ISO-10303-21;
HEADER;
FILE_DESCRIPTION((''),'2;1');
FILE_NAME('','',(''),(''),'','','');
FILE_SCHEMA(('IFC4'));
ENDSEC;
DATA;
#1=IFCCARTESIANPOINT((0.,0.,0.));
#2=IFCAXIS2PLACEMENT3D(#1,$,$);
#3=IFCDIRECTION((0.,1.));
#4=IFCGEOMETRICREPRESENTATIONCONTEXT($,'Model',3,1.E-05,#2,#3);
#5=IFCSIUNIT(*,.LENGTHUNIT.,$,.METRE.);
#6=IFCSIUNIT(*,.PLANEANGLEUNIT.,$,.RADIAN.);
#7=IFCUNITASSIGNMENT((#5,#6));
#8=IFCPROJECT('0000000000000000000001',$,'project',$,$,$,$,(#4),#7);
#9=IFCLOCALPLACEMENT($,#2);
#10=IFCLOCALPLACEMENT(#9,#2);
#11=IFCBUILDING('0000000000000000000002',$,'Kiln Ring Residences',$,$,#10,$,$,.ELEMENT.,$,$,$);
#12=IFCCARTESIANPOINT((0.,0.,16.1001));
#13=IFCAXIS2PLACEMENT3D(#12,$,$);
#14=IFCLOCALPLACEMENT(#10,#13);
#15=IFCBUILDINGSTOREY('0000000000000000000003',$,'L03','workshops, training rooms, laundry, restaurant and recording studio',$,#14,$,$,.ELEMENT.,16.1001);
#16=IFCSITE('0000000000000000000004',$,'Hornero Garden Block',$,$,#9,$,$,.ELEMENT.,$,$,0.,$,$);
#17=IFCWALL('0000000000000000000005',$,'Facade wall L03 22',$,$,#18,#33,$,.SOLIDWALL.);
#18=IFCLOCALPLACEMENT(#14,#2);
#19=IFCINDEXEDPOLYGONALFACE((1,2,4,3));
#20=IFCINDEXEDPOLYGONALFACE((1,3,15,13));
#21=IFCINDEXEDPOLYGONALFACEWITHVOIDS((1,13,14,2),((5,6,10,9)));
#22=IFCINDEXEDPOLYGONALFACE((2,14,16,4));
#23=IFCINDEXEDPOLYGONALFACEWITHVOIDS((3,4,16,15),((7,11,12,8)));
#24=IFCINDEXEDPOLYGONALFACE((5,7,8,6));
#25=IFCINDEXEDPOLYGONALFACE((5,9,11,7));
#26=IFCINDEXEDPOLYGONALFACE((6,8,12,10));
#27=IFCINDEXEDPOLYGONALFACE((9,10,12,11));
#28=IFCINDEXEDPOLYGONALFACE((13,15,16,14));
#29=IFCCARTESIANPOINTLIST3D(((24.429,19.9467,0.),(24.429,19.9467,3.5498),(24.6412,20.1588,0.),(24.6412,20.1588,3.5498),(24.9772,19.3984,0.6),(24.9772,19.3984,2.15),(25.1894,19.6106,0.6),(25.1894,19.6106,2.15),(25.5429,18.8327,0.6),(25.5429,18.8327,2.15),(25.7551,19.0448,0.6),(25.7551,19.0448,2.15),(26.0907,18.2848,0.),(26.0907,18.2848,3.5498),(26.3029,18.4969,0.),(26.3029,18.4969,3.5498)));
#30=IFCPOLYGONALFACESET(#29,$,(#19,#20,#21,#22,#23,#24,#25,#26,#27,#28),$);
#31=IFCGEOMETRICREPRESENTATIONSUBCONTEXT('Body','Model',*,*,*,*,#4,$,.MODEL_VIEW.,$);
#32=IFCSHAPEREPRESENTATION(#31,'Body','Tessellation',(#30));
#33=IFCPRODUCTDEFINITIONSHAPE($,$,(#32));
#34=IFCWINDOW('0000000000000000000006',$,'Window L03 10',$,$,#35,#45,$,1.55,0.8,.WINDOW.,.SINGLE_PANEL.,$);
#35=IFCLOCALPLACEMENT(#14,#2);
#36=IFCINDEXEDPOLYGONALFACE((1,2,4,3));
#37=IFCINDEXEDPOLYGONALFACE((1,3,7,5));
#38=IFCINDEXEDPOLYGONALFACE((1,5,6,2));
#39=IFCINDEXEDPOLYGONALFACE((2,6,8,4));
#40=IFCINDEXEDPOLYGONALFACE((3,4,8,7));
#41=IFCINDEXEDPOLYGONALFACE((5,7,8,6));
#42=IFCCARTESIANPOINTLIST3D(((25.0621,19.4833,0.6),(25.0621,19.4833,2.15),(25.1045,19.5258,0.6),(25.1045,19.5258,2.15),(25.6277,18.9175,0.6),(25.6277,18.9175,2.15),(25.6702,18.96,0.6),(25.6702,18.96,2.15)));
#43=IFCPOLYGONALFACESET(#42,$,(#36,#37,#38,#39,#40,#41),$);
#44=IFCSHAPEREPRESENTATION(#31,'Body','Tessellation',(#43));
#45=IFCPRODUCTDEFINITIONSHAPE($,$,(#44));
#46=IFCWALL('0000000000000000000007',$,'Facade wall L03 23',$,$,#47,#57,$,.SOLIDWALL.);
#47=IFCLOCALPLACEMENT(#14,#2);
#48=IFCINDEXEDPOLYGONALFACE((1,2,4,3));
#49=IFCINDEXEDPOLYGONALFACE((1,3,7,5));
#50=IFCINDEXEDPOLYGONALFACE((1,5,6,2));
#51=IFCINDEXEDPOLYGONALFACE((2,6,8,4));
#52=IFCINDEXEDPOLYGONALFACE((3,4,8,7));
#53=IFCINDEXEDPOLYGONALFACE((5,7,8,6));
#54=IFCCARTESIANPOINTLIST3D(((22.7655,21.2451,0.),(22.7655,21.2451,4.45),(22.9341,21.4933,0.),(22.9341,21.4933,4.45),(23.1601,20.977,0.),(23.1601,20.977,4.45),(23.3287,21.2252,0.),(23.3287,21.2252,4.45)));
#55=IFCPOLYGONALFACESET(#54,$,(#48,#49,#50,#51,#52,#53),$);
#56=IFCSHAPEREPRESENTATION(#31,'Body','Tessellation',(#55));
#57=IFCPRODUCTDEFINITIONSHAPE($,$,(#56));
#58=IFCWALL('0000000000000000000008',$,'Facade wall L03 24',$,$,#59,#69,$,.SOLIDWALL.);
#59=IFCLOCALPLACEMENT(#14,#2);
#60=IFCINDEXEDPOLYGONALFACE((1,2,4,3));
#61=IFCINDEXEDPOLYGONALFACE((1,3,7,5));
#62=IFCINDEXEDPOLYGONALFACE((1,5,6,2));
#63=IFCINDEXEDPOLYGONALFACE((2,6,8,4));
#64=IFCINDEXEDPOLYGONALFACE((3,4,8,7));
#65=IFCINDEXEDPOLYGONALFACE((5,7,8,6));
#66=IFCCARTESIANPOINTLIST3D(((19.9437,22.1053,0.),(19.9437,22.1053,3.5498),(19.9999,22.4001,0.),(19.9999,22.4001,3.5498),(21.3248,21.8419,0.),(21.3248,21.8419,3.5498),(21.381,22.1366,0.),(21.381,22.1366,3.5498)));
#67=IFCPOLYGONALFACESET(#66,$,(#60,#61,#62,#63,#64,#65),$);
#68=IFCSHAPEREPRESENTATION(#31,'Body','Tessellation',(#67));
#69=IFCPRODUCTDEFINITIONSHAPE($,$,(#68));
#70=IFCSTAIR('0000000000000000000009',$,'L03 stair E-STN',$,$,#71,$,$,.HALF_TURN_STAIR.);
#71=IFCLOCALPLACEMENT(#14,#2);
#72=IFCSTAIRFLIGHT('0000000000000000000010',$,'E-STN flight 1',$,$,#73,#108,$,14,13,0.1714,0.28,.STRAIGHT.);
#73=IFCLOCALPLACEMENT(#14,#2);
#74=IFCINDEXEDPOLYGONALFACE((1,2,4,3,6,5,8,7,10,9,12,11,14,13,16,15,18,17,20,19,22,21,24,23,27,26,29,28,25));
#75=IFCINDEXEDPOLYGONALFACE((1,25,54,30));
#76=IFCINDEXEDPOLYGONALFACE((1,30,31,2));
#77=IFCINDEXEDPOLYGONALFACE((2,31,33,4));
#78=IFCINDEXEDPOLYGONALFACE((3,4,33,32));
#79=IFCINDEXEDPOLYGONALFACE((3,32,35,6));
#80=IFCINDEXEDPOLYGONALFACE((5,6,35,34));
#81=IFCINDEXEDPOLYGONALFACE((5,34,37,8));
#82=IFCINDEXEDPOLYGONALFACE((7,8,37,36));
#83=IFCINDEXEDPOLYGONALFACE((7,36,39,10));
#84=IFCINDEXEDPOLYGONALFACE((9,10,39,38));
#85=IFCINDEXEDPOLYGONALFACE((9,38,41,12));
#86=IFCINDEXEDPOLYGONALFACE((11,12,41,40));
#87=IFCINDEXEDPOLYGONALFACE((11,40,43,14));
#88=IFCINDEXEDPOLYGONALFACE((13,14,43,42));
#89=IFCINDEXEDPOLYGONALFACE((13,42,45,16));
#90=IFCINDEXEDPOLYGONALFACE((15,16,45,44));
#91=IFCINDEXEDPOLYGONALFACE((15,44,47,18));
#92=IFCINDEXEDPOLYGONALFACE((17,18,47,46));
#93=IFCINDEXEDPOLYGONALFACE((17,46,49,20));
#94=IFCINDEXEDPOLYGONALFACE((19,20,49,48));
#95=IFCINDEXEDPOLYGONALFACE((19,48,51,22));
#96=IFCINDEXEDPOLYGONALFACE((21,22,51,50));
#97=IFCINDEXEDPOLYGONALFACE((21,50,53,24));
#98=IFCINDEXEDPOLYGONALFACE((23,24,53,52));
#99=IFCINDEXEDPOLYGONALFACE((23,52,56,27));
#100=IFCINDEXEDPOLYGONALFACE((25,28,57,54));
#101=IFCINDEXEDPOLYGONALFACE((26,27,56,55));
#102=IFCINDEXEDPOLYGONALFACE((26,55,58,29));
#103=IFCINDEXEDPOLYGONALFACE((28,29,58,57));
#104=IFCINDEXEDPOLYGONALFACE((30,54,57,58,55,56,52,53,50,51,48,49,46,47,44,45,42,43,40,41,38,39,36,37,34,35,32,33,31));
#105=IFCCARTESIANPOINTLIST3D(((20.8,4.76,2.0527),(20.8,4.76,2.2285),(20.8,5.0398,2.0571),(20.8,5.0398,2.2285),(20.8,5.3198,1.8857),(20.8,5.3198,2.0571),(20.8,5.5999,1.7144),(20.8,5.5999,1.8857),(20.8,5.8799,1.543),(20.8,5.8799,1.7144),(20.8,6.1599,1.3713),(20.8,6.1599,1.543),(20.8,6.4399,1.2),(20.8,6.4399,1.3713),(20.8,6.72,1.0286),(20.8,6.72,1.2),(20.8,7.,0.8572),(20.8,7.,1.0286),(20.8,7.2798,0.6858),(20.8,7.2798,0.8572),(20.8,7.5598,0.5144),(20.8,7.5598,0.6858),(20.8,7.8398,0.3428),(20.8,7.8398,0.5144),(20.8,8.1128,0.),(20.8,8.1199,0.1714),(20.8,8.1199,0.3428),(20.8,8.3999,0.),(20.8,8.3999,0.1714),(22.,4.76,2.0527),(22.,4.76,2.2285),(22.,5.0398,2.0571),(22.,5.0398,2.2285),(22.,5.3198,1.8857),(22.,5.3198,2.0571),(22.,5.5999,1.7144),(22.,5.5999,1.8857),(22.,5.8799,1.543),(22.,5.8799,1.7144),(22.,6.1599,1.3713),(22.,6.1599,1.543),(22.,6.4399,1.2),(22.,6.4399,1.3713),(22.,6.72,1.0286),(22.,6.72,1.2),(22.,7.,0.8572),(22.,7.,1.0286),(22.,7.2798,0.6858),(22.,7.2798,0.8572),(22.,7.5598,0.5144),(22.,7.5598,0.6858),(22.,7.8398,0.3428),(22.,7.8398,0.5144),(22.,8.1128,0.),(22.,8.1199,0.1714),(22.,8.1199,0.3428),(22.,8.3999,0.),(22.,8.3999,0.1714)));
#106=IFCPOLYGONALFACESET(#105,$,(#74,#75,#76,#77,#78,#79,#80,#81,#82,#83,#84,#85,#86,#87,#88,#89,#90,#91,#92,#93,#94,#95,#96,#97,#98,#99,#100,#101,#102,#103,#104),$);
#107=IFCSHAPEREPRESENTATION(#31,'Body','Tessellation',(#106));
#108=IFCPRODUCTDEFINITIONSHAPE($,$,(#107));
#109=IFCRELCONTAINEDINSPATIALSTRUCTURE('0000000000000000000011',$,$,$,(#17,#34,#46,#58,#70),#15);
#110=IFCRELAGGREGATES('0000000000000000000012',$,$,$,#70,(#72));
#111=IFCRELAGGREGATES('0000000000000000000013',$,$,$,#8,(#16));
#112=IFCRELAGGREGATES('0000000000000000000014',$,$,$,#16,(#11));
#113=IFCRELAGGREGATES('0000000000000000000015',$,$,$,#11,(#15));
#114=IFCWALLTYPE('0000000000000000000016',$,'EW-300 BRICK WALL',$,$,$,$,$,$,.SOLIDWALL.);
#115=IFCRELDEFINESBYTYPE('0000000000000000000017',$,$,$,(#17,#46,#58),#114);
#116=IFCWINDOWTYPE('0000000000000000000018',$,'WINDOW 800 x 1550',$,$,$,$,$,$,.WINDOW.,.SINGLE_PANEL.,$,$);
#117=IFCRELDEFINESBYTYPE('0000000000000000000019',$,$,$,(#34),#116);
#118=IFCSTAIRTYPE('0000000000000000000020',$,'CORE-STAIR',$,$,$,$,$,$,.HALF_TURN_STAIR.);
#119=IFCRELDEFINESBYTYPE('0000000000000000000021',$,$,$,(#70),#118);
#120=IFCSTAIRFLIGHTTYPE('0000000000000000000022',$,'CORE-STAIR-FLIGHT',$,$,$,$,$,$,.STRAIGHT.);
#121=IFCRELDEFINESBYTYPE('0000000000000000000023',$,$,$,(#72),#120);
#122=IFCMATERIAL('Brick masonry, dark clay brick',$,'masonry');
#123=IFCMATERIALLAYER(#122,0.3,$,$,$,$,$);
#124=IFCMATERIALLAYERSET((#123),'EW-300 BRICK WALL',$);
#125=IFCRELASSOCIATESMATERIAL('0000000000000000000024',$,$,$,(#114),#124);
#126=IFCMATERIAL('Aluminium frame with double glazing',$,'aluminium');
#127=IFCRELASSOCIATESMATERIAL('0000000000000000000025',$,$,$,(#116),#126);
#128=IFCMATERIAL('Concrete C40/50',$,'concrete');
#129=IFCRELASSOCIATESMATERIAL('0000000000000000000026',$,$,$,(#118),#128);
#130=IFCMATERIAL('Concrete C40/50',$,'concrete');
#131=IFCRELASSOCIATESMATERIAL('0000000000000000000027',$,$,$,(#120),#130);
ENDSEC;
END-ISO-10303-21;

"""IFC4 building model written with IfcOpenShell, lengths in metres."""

from ifc_helpers import new_model, si_unit, direction, frame, frame_2d, origin, place, context, subcontext, project, spatial, polyline, rectangle, outline, extrude, material, layer, layer_set, type_object, element, fill, aggregate, save


model = new_model("IFC4")

# Units and contexts
model_context = context("Model", 3, precision=1e-05, world=origin(), true_north=direction((0.0, 1.0)))
body_context = subcontext(model_context, "Body", "Model", "MODEL_VIEW")
ifc_project = project(units=[si_unit("LENGTHUNIT", "METRE"), si_unit("PLANEANGLEUNIT", "RADIAN")], contexts=[model_context])

# Site, building, storey
site_placement = place(None, origin())
site = spatial("IfcSite", under=ifc_project, at=site_placement, Name="Hornero Garden Block", CompositionType="ELEMENT", RefElevation=0.0)
building_placement = place(site_placement, origin())
building = spatial("IfcBuilding", under=site, at=building_placement, Name="Kiln Ring Residences", CompositionType="ELEMENT")
storey_placement = place(building_placement, frame((0.0, 0.0, 16.1001)))
storey = spatial("IfcBuildingStorey", under=building, at=storey_placement, Name="L03", Description="workshops, training rooms, laundry, restaurant and recording studio", CompositionType="ELEMENT", Elevation=16.1001)

# Shared definitions
ifc_material_1 = material(Name="Brick masonry, dark clay brick", Category="masonry")
ifc_layer_1 = layer(ifc_material_1, 0.3)
ifc_layer_set_1 = layer_set([ifc_layer_1], Name="EW-300 BRICK WALL")
wall_type_1 = type_object("IfcWallType", Name="EW-300 BRICK WALL", PredefinedType="SOLIDWALL", material=ifc_layer_set_1)

# Wall, opening, window
wall_1_placement = place(storey_placement, frame((26.1968, 18.3909, 0.0), z_axis=(0.0, 0.0, 1.0), x_axis=(-0.707055, 0.707159, 0.0)))
wall_1 = element("IfcWall", 1, at=wall_1_placement, inside=storey, type_object=wall_type_1, Name="Facade wall L03 22", PredefinedType="SOLIDWALL", context=body_context, shape_type="SweptSolid", body=[
    extrude(rectangle(XDim=2.3501, YDim=0.3, at=frame_2d((1.175, 0.0))), origin(), (0.0, 0.0, 1.0), 3.5498),
])
opening_1_placement = place(wall_1_placement, frame((0.7749, 0.0, 0.6001)))
opening_1 = element("IfcOpeningElement", 2, at=opening_1_placement, cuts=wall_1, PredefinedType="OPENING", context=body_context, shape_type="SweptSolid", body=[
    extrude(rectangle(XDim=0.8, YDim=1.55, at=frame_2d((0.3999, 0.7749))), frame((0.0, 0.1599, 0.0), z_axis=(0.0, -1.0, 0.0), x_axis=(1.0, 0.0, 0.0)), (0.0, 0.0, 1.0), 0.3201),
])
ifc_material_2 = material(Name="Aluminium frame with double glazing", Category="aluminium")
window_type = type_object("IfcWindowType", Name="WINDOW 800 x 1550", PartitioningType="SINGLE_PANEL", PredefinedType="WINDOW", material=ifc_material_2)
window_placement = place(opening_1_placement, origin())
window = element("IfcWindow", 3, at=window_placement, inside=storey, type_object=window_type, Name="Window L03 10", OverallHeight=1.55, OverallWidth=0.8, PartitioningType="SINGLE_PANEL", PredefinedType="WINDOW", context=body_context, shape_type="SweptSolid", body=[
    extrude(rectangle(XDim=0.8, YDim=1.55, at=frame_2d((0.3999, 0.7749))), frame((0.0, 0.03, 0.0), z_axis=(0.0, -1.0, 0.0), x_axis=(1.0, 0.0, 0.0)), (0.0, 0.0, 1.0), 0.0601),
])
fill(opening_1, window)

# Walls
wall_2_placement = place(storey_placement, frame((23.2444, 21.1011, 0.0), z_axis=(0.0, 0.0, 1.0), x_axis=(-0.827136, 0.562002, 0.0)))
element("IfcWall", 4, at=wall_2_placement, inside=storey, type_object=wall_type_1, Name="Facade wall L03 23", PredefinedType="SOLIDWALL", context=body_context, shape_type="SweptSolid", body=[
    extrude(rectangle(XDim=0.4771, YDim=0.3, at=frame_2d((0.2385, 0.0))), origin(), (0.0, 0.0, 1.0), 4.45),
])
wall_3_placement = place(storey_placement, frame((21.353, 21.9893, 0.0), z_axis=(0.0, 0.0, 1.0), x_axis=(-0.982291, 0.187359, 0.0)))
element("IfcWall", 5, at=wall_3_placement, inside=storey, type_object=wall_type_1, Name="Facade wall L03 24", PredefinedType="SOLIDWALL", context=body_context, shape_type="SweptSolid", body=[
    extrude(rectangle(XDim=1.406, YDim=0.3, at=frame_2d((0.7031, 0.0))), origin(), (0.0, 0.0, 1.0), 3.5498),
])

# Stair, stair flight
ifc_material_3 = material(Name="Concrete C40/50", Category="concrete")
stair_type = type_object("IfcStairType", Name="CORE-STAIR", PredefinedType="HALF_TURN_STAIR", material=ifc_material_3)
stair_placement = place(storey_placement, origin())
stair = element("IfcStair", 6, at=stair_placement, inside=storey, type_object=stair_type, Name="L03 stair E-STN", PredefinedType="HALF_TURN_STAIR")
ifc_material_4 = material(Name="Concrete C40/50", Category="concrete")
stair_flight_type = type_object("IfcStairFlightType", Name="CORE-STAIR-FLIGHT", PredefinedType="STRAIGHT", material=ifc_material_4)
stair_flight_placement = place(storey_placement, frame((21.3999, 8.3999, 0.0), z_axis=(0.0, 0.0, 1.0), x_axis=(0.0, -1.0, 0.0)))
stair_flight = element("IfcStairFlight", 7, at=stair_flight_placement, type_object=stair_flight_type, Name="E-STN flight 1", NumberOfRisers=14, NumberOfTreads=13, PredefinedType="STRAIGHT", RiserHeight=0.1714, TreadLength=0.28, context=body_context, shape_type="SweptSolid", body=[
    extrude(outline(polyline([(0.0, 0.0), (0.0, 0.1714), (0.28, 0.1714), (0.28, 0.3428), (0.5601, 0.3428), (0.5601, 0.5144), (0.8401, 0.5144), (0.8401, 0.6858), (1.1201, 0.6858), (1.1201, 0.8572), (1.3999, 0.8572), (1.3999, 1.0286), (1.6799, 1.0286), (1.6799, 1.2), (1.96, 1.2), (1.96, 1.3713), (2.24, 1.3713), (2.24, 1.543), (2.52, 1.543), (2.52, 1.7144), (2.8, 1.7144), (2.8, 1.8857), (3.0801, 1.8857), (3.0801, 2.0571), (3.3601, 2.0571), (3.3601, 2.2285), (3.6399, 2.2285), (3.6399, 2.3999), (3.6399, 2.0527), (0.2871, 0.0), (0.0, 0.0)])), frame((0.0, 0.6001, 0.0), z_axis=(0.0, -1.0, 0.0), x_axis=(1.0, 0.0, 0.0)), (0.0, 0.0, 1.0), 1.2),
])
aggregate(stair, [stair_flight])

save(model, "model.ifc")
